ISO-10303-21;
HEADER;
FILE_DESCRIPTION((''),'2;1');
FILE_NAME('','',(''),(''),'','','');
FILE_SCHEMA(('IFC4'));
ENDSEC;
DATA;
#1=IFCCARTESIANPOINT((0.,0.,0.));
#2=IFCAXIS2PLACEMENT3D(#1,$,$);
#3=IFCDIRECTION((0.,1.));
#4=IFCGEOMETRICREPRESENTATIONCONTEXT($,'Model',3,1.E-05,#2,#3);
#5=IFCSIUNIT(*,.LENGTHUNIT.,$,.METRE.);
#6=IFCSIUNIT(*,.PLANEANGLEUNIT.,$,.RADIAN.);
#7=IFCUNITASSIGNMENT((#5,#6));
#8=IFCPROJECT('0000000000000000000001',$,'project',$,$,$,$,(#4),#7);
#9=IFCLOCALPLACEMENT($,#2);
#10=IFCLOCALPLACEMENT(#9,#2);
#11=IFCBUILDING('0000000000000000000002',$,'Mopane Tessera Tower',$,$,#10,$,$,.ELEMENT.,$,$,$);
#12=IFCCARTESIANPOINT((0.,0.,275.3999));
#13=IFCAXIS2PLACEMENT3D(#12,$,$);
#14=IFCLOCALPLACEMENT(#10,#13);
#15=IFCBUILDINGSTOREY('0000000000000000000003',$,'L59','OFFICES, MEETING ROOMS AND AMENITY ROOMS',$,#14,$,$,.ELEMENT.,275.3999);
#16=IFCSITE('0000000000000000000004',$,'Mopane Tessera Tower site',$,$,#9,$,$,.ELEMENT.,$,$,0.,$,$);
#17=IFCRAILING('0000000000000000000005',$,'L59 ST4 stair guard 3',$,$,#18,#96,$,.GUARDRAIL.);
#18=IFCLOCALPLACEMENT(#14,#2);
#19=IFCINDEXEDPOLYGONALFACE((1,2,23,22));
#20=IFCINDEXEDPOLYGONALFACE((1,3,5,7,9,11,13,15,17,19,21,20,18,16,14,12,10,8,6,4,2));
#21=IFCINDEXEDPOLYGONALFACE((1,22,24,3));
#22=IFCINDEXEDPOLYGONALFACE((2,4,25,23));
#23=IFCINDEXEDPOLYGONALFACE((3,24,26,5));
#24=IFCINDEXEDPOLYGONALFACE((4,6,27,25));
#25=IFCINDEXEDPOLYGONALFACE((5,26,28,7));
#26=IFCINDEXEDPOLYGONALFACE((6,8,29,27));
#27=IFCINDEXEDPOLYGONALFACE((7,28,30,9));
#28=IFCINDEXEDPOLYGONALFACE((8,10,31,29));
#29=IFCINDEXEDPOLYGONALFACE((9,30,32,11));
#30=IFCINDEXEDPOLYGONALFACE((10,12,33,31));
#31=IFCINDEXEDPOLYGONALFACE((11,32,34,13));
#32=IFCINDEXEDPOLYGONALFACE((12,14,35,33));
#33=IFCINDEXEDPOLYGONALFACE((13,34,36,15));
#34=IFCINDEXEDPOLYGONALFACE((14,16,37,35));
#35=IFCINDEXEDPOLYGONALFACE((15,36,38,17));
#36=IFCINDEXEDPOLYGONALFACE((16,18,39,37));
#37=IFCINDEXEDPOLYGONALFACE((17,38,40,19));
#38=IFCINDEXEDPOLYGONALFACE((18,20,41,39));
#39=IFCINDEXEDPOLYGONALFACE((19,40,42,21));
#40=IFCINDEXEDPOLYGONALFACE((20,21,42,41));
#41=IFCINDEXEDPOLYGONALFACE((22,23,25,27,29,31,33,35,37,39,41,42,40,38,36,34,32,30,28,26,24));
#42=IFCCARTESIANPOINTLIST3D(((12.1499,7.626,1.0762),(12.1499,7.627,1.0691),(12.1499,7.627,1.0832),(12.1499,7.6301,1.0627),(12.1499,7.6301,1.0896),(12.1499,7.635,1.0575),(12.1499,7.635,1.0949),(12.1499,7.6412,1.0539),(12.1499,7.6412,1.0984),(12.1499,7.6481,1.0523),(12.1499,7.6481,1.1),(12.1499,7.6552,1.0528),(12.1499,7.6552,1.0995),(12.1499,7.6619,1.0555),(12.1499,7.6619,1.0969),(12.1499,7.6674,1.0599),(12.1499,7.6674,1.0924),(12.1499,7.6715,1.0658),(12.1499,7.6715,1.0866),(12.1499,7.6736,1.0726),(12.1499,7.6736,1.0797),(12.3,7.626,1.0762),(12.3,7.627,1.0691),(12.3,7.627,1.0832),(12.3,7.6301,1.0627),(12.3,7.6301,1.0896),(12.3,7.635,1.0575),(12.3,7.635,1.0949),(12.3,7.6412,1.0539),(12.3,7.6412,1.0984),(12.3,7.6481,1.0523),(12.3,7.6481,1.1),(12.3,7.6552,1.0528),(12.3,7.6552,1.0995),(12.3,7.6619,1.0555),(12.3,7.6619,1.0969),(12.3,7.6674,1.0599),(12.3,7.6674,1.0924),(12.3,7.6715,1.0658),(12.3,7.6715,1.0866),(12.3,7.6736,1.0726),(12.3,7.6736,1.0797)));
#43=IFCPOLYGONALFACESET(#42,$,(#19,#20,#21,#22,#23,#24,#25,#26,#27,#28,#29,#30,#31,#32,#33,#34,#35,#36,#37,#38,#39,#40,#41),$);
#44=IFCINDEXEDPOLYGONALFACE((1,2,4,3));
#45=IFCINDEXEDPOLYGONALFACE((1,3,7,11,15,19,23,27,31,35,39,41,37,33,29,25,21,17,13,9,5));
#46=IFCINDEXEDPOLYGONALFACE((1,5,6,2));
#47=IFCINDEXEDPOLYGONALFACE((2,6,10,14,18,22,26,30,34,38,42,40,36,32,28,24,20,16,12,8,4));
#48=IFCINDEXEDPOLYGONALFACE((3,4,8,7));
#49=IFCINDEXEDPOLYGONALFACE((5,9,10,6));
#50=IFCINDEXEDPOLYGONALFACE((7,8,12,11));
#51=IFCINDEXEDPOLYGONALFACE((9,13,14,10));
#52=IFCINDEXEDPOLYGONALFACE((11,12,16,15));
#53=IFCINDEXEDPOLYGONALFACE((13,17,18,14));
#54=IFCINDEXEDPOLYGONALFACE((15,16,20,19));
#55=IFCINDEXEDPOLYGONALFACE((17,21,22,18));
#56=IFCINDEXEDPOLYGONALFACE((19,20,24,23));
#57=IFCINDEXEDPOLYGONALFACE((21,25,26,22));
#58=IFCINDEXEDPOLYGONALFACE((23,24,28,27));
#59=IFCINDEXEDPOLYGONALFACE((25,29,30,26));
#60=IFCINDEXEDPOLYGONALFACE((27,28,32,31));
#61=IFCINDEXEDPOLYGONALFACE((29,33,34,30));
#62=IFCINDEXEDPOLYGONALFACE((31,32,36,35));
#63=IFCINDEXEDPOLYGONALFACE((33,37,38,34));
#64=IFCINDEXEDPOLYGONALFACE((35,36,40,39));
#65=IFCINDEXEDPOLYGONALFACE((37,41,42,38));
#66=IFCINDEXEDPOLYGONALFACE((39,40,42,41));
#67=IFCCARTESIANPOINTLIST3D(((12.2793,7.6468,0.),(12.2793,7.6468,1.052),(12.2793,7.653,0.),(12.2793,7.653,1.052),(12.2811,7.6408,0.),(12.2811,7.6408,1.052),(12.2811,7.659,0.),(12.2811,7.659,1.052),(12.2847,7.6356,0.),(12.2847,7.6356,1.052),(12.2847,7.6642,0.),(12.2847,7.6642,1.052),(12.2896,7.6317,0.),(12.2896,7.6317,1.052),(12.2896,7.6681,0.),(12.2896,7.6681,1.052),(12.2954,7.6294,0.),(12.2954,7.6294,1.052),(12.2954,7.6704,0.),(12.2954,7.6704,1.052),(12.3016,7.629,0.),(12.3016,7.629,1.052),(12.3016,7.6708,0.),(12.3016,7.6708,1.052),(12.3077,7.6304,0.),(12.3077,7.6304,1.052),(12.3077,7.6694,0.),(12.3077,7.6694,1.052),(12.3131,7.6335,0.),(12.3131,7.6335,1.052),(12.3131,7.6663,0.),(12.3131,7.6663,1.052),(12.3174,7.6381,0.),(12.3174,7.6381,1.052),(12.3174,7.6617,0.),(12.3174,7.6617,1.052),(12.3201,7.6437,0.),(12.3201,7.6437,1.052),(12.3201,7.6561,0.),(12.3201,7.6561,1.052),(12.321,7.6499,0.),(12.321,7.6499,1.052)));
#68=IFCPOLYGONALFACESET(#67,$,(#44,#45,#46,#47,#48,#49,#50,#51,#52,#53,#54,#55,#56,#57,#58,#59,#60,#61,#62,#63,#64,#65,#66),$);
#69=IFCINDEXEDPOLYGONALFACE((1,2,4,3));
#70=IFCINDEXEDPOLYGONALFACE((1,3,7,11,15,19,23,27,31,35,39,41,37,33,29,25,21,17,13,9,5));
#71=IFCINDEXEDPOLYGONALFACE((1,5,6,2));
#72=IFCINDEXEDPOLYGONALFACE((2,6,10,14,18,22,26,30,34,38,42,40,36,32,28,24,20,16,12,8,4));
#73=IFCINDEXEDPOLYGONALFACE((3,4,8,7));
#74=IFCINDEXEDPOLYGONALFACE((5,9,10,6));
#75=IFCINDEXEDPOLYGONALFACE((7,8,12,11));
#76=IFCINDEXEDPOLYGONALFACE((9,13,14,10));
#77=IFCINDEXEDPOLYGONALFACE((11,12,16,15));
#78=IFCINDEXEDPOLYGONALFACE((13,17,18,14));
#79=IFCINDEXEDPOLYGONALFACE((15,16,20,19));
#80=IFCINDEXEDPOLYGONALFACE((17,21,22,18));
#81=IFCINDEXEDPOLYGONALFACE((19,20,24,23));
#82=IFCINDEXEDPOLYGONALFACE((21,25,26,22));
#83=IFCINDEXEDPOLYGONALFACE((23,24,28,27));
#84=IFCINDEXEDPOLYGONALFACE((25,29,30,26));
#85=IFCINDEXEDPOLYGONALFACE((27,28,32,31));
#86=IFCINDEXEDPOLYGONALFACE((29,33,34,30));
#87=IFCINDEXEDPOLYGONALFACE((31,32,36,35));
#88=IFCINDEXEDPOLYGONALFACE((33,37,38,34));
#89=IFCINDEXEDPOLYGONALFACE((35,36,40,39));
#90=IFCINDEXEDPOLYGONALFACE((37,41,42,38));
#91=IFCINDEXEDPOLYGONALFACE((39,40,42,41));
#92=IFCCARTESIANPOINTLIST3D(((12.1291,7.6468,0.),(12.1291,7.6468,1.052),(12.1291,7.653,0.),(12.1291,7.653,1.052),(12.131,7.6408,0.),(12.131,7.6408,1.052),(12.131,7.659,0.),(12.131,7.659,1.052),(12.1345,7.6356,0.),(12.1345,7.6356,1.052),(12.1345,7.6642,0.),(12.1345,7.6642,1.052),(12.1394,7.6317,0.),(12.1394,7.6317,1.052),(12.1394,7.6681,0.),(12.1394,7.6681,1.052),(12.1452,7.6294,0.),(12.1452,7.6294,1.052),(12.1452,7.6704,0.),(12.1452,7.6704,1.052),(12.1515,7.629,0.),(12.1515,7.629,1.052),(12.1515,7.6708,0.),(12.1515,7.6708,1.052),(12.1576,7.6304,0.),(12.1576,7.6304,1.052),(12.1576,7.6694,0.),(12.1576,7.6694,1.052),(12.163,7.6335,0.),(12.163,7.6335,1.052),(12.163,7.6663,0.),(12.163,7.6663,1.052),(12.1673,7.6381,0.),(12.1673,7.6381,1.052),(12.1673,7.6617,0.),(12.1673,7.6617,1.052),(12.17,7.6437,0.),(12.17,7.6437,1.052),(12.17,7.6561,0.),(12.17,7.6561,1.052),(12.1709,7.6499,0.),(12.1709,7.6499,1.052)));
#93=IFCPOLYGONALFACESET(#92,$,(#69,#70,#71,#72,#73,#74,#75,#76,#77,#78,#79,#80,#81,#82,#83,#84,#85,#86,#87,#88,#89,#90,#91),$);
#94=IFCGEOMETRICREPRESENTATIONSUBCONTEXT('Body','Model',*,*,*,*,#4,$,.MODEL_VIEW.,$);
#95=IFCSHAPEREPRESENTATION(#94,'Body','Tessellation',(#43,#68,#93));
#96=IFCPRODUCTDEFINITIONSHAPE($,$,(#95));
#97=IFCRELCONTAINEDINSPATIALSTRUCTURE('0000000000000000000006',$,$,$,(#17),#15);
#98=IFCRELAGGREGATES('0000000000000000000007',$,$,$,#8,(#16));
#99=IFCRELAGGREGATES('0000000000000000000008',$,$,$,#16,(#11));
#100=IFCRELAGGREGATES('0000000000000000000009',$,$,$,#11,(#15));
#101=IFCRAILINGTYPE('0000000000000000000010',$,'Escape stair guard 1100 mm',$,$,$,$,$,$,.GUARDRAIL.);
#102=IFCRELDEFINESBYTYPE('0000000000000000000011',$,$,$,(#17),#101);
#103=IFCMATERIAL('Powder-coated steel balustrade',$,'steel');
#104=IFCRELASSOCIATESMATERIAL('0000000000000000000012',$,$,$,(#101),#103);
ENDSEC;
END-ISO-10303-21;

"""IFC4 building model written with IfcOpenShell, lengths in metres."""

from ifc_helpers import new_model, si_unit, direction, frame, origin, origin_2d, place, context, subcontext, project, spatial, circle, extrude, material, type_object, element, save


model = new_model("IFC4")

# Units and contexts
model_context = context("Model", 3, precision=1e-05, world=origin(), true_north=direction((0.0, 1.0)))
body_context = subcontext(model_context, "Body", "Model", "MODEL_VIEW")
ifc_project = project(units=[si_unit("LENGTHUNIT", "METRE"), si_unit("PLANEANGLEUNIT", "RADIAN")], contexts=[model_context])

# Site, building, storey
site_placement = place(None, origin())
site = spatial("IfcSite", under=ifc_project, at=site_placement, Name="Mopane Tessera Tower site", CompositionType="ELEMENT", RefElevation=0.0)
building_placement = place(site_placement, origin())
building = spatial("IfcBuilding", under=site, at=building_placement, Name="Mopane Tessera Tower", CompositionType="ELEMENT")
storey_placement = place(building_placement, frame((0.0, 0.0, 275.3999)))
storey = spatial("IfcBuildingStorey", under=building, at=storey_placement, Name="L59", Description="OFFICES, MEETING ROOMS AND AMENITY ROOMS", CompositionType="ELEMENT", Elevation=275.3999)

# Railing
ifc_material_1 = material(Name="Powder-coated steel balustrade", Category="steel")
railing_type = type_object("IfcRailingType", Name="Escape stair guard 1100 mm", PredefinedType="GUARDRAIL", material=ifc_material_1)
railing_1_placement = place(storey_placement, frame((12.3, 7.6499, 0.0)))
element("IfcRailing", 1, at=railing_1_placement, inside=storey, type_object=railing_type, Name="L59 ST4 stair guard 3", PredefinedType="GUARDRAIL", context=body_context, shape_type="SweptSolid", body=[
    extrude(circle(Radius=0.0239, at=origin_2d()), frame((0.0, 0.0, 1.0762), z_axis=(-1.0, 0.0, 0.0), x_axis=(0.0, -1.0, 0.0)), (0.0, 0.0, 1.0), 0.1501),
    extrude(circle(Radius=0.021, at=origin_2d()), origin(), (0.0, 0.0, 1.0), 1.052),
    extrude(circle(Radius=0.021, at=origin_2d()), frame((-0.1501, 0.0, 0.0)), (0.0, 0.0, 1.0), 1.052),
])

save(model, "model.ifc")
